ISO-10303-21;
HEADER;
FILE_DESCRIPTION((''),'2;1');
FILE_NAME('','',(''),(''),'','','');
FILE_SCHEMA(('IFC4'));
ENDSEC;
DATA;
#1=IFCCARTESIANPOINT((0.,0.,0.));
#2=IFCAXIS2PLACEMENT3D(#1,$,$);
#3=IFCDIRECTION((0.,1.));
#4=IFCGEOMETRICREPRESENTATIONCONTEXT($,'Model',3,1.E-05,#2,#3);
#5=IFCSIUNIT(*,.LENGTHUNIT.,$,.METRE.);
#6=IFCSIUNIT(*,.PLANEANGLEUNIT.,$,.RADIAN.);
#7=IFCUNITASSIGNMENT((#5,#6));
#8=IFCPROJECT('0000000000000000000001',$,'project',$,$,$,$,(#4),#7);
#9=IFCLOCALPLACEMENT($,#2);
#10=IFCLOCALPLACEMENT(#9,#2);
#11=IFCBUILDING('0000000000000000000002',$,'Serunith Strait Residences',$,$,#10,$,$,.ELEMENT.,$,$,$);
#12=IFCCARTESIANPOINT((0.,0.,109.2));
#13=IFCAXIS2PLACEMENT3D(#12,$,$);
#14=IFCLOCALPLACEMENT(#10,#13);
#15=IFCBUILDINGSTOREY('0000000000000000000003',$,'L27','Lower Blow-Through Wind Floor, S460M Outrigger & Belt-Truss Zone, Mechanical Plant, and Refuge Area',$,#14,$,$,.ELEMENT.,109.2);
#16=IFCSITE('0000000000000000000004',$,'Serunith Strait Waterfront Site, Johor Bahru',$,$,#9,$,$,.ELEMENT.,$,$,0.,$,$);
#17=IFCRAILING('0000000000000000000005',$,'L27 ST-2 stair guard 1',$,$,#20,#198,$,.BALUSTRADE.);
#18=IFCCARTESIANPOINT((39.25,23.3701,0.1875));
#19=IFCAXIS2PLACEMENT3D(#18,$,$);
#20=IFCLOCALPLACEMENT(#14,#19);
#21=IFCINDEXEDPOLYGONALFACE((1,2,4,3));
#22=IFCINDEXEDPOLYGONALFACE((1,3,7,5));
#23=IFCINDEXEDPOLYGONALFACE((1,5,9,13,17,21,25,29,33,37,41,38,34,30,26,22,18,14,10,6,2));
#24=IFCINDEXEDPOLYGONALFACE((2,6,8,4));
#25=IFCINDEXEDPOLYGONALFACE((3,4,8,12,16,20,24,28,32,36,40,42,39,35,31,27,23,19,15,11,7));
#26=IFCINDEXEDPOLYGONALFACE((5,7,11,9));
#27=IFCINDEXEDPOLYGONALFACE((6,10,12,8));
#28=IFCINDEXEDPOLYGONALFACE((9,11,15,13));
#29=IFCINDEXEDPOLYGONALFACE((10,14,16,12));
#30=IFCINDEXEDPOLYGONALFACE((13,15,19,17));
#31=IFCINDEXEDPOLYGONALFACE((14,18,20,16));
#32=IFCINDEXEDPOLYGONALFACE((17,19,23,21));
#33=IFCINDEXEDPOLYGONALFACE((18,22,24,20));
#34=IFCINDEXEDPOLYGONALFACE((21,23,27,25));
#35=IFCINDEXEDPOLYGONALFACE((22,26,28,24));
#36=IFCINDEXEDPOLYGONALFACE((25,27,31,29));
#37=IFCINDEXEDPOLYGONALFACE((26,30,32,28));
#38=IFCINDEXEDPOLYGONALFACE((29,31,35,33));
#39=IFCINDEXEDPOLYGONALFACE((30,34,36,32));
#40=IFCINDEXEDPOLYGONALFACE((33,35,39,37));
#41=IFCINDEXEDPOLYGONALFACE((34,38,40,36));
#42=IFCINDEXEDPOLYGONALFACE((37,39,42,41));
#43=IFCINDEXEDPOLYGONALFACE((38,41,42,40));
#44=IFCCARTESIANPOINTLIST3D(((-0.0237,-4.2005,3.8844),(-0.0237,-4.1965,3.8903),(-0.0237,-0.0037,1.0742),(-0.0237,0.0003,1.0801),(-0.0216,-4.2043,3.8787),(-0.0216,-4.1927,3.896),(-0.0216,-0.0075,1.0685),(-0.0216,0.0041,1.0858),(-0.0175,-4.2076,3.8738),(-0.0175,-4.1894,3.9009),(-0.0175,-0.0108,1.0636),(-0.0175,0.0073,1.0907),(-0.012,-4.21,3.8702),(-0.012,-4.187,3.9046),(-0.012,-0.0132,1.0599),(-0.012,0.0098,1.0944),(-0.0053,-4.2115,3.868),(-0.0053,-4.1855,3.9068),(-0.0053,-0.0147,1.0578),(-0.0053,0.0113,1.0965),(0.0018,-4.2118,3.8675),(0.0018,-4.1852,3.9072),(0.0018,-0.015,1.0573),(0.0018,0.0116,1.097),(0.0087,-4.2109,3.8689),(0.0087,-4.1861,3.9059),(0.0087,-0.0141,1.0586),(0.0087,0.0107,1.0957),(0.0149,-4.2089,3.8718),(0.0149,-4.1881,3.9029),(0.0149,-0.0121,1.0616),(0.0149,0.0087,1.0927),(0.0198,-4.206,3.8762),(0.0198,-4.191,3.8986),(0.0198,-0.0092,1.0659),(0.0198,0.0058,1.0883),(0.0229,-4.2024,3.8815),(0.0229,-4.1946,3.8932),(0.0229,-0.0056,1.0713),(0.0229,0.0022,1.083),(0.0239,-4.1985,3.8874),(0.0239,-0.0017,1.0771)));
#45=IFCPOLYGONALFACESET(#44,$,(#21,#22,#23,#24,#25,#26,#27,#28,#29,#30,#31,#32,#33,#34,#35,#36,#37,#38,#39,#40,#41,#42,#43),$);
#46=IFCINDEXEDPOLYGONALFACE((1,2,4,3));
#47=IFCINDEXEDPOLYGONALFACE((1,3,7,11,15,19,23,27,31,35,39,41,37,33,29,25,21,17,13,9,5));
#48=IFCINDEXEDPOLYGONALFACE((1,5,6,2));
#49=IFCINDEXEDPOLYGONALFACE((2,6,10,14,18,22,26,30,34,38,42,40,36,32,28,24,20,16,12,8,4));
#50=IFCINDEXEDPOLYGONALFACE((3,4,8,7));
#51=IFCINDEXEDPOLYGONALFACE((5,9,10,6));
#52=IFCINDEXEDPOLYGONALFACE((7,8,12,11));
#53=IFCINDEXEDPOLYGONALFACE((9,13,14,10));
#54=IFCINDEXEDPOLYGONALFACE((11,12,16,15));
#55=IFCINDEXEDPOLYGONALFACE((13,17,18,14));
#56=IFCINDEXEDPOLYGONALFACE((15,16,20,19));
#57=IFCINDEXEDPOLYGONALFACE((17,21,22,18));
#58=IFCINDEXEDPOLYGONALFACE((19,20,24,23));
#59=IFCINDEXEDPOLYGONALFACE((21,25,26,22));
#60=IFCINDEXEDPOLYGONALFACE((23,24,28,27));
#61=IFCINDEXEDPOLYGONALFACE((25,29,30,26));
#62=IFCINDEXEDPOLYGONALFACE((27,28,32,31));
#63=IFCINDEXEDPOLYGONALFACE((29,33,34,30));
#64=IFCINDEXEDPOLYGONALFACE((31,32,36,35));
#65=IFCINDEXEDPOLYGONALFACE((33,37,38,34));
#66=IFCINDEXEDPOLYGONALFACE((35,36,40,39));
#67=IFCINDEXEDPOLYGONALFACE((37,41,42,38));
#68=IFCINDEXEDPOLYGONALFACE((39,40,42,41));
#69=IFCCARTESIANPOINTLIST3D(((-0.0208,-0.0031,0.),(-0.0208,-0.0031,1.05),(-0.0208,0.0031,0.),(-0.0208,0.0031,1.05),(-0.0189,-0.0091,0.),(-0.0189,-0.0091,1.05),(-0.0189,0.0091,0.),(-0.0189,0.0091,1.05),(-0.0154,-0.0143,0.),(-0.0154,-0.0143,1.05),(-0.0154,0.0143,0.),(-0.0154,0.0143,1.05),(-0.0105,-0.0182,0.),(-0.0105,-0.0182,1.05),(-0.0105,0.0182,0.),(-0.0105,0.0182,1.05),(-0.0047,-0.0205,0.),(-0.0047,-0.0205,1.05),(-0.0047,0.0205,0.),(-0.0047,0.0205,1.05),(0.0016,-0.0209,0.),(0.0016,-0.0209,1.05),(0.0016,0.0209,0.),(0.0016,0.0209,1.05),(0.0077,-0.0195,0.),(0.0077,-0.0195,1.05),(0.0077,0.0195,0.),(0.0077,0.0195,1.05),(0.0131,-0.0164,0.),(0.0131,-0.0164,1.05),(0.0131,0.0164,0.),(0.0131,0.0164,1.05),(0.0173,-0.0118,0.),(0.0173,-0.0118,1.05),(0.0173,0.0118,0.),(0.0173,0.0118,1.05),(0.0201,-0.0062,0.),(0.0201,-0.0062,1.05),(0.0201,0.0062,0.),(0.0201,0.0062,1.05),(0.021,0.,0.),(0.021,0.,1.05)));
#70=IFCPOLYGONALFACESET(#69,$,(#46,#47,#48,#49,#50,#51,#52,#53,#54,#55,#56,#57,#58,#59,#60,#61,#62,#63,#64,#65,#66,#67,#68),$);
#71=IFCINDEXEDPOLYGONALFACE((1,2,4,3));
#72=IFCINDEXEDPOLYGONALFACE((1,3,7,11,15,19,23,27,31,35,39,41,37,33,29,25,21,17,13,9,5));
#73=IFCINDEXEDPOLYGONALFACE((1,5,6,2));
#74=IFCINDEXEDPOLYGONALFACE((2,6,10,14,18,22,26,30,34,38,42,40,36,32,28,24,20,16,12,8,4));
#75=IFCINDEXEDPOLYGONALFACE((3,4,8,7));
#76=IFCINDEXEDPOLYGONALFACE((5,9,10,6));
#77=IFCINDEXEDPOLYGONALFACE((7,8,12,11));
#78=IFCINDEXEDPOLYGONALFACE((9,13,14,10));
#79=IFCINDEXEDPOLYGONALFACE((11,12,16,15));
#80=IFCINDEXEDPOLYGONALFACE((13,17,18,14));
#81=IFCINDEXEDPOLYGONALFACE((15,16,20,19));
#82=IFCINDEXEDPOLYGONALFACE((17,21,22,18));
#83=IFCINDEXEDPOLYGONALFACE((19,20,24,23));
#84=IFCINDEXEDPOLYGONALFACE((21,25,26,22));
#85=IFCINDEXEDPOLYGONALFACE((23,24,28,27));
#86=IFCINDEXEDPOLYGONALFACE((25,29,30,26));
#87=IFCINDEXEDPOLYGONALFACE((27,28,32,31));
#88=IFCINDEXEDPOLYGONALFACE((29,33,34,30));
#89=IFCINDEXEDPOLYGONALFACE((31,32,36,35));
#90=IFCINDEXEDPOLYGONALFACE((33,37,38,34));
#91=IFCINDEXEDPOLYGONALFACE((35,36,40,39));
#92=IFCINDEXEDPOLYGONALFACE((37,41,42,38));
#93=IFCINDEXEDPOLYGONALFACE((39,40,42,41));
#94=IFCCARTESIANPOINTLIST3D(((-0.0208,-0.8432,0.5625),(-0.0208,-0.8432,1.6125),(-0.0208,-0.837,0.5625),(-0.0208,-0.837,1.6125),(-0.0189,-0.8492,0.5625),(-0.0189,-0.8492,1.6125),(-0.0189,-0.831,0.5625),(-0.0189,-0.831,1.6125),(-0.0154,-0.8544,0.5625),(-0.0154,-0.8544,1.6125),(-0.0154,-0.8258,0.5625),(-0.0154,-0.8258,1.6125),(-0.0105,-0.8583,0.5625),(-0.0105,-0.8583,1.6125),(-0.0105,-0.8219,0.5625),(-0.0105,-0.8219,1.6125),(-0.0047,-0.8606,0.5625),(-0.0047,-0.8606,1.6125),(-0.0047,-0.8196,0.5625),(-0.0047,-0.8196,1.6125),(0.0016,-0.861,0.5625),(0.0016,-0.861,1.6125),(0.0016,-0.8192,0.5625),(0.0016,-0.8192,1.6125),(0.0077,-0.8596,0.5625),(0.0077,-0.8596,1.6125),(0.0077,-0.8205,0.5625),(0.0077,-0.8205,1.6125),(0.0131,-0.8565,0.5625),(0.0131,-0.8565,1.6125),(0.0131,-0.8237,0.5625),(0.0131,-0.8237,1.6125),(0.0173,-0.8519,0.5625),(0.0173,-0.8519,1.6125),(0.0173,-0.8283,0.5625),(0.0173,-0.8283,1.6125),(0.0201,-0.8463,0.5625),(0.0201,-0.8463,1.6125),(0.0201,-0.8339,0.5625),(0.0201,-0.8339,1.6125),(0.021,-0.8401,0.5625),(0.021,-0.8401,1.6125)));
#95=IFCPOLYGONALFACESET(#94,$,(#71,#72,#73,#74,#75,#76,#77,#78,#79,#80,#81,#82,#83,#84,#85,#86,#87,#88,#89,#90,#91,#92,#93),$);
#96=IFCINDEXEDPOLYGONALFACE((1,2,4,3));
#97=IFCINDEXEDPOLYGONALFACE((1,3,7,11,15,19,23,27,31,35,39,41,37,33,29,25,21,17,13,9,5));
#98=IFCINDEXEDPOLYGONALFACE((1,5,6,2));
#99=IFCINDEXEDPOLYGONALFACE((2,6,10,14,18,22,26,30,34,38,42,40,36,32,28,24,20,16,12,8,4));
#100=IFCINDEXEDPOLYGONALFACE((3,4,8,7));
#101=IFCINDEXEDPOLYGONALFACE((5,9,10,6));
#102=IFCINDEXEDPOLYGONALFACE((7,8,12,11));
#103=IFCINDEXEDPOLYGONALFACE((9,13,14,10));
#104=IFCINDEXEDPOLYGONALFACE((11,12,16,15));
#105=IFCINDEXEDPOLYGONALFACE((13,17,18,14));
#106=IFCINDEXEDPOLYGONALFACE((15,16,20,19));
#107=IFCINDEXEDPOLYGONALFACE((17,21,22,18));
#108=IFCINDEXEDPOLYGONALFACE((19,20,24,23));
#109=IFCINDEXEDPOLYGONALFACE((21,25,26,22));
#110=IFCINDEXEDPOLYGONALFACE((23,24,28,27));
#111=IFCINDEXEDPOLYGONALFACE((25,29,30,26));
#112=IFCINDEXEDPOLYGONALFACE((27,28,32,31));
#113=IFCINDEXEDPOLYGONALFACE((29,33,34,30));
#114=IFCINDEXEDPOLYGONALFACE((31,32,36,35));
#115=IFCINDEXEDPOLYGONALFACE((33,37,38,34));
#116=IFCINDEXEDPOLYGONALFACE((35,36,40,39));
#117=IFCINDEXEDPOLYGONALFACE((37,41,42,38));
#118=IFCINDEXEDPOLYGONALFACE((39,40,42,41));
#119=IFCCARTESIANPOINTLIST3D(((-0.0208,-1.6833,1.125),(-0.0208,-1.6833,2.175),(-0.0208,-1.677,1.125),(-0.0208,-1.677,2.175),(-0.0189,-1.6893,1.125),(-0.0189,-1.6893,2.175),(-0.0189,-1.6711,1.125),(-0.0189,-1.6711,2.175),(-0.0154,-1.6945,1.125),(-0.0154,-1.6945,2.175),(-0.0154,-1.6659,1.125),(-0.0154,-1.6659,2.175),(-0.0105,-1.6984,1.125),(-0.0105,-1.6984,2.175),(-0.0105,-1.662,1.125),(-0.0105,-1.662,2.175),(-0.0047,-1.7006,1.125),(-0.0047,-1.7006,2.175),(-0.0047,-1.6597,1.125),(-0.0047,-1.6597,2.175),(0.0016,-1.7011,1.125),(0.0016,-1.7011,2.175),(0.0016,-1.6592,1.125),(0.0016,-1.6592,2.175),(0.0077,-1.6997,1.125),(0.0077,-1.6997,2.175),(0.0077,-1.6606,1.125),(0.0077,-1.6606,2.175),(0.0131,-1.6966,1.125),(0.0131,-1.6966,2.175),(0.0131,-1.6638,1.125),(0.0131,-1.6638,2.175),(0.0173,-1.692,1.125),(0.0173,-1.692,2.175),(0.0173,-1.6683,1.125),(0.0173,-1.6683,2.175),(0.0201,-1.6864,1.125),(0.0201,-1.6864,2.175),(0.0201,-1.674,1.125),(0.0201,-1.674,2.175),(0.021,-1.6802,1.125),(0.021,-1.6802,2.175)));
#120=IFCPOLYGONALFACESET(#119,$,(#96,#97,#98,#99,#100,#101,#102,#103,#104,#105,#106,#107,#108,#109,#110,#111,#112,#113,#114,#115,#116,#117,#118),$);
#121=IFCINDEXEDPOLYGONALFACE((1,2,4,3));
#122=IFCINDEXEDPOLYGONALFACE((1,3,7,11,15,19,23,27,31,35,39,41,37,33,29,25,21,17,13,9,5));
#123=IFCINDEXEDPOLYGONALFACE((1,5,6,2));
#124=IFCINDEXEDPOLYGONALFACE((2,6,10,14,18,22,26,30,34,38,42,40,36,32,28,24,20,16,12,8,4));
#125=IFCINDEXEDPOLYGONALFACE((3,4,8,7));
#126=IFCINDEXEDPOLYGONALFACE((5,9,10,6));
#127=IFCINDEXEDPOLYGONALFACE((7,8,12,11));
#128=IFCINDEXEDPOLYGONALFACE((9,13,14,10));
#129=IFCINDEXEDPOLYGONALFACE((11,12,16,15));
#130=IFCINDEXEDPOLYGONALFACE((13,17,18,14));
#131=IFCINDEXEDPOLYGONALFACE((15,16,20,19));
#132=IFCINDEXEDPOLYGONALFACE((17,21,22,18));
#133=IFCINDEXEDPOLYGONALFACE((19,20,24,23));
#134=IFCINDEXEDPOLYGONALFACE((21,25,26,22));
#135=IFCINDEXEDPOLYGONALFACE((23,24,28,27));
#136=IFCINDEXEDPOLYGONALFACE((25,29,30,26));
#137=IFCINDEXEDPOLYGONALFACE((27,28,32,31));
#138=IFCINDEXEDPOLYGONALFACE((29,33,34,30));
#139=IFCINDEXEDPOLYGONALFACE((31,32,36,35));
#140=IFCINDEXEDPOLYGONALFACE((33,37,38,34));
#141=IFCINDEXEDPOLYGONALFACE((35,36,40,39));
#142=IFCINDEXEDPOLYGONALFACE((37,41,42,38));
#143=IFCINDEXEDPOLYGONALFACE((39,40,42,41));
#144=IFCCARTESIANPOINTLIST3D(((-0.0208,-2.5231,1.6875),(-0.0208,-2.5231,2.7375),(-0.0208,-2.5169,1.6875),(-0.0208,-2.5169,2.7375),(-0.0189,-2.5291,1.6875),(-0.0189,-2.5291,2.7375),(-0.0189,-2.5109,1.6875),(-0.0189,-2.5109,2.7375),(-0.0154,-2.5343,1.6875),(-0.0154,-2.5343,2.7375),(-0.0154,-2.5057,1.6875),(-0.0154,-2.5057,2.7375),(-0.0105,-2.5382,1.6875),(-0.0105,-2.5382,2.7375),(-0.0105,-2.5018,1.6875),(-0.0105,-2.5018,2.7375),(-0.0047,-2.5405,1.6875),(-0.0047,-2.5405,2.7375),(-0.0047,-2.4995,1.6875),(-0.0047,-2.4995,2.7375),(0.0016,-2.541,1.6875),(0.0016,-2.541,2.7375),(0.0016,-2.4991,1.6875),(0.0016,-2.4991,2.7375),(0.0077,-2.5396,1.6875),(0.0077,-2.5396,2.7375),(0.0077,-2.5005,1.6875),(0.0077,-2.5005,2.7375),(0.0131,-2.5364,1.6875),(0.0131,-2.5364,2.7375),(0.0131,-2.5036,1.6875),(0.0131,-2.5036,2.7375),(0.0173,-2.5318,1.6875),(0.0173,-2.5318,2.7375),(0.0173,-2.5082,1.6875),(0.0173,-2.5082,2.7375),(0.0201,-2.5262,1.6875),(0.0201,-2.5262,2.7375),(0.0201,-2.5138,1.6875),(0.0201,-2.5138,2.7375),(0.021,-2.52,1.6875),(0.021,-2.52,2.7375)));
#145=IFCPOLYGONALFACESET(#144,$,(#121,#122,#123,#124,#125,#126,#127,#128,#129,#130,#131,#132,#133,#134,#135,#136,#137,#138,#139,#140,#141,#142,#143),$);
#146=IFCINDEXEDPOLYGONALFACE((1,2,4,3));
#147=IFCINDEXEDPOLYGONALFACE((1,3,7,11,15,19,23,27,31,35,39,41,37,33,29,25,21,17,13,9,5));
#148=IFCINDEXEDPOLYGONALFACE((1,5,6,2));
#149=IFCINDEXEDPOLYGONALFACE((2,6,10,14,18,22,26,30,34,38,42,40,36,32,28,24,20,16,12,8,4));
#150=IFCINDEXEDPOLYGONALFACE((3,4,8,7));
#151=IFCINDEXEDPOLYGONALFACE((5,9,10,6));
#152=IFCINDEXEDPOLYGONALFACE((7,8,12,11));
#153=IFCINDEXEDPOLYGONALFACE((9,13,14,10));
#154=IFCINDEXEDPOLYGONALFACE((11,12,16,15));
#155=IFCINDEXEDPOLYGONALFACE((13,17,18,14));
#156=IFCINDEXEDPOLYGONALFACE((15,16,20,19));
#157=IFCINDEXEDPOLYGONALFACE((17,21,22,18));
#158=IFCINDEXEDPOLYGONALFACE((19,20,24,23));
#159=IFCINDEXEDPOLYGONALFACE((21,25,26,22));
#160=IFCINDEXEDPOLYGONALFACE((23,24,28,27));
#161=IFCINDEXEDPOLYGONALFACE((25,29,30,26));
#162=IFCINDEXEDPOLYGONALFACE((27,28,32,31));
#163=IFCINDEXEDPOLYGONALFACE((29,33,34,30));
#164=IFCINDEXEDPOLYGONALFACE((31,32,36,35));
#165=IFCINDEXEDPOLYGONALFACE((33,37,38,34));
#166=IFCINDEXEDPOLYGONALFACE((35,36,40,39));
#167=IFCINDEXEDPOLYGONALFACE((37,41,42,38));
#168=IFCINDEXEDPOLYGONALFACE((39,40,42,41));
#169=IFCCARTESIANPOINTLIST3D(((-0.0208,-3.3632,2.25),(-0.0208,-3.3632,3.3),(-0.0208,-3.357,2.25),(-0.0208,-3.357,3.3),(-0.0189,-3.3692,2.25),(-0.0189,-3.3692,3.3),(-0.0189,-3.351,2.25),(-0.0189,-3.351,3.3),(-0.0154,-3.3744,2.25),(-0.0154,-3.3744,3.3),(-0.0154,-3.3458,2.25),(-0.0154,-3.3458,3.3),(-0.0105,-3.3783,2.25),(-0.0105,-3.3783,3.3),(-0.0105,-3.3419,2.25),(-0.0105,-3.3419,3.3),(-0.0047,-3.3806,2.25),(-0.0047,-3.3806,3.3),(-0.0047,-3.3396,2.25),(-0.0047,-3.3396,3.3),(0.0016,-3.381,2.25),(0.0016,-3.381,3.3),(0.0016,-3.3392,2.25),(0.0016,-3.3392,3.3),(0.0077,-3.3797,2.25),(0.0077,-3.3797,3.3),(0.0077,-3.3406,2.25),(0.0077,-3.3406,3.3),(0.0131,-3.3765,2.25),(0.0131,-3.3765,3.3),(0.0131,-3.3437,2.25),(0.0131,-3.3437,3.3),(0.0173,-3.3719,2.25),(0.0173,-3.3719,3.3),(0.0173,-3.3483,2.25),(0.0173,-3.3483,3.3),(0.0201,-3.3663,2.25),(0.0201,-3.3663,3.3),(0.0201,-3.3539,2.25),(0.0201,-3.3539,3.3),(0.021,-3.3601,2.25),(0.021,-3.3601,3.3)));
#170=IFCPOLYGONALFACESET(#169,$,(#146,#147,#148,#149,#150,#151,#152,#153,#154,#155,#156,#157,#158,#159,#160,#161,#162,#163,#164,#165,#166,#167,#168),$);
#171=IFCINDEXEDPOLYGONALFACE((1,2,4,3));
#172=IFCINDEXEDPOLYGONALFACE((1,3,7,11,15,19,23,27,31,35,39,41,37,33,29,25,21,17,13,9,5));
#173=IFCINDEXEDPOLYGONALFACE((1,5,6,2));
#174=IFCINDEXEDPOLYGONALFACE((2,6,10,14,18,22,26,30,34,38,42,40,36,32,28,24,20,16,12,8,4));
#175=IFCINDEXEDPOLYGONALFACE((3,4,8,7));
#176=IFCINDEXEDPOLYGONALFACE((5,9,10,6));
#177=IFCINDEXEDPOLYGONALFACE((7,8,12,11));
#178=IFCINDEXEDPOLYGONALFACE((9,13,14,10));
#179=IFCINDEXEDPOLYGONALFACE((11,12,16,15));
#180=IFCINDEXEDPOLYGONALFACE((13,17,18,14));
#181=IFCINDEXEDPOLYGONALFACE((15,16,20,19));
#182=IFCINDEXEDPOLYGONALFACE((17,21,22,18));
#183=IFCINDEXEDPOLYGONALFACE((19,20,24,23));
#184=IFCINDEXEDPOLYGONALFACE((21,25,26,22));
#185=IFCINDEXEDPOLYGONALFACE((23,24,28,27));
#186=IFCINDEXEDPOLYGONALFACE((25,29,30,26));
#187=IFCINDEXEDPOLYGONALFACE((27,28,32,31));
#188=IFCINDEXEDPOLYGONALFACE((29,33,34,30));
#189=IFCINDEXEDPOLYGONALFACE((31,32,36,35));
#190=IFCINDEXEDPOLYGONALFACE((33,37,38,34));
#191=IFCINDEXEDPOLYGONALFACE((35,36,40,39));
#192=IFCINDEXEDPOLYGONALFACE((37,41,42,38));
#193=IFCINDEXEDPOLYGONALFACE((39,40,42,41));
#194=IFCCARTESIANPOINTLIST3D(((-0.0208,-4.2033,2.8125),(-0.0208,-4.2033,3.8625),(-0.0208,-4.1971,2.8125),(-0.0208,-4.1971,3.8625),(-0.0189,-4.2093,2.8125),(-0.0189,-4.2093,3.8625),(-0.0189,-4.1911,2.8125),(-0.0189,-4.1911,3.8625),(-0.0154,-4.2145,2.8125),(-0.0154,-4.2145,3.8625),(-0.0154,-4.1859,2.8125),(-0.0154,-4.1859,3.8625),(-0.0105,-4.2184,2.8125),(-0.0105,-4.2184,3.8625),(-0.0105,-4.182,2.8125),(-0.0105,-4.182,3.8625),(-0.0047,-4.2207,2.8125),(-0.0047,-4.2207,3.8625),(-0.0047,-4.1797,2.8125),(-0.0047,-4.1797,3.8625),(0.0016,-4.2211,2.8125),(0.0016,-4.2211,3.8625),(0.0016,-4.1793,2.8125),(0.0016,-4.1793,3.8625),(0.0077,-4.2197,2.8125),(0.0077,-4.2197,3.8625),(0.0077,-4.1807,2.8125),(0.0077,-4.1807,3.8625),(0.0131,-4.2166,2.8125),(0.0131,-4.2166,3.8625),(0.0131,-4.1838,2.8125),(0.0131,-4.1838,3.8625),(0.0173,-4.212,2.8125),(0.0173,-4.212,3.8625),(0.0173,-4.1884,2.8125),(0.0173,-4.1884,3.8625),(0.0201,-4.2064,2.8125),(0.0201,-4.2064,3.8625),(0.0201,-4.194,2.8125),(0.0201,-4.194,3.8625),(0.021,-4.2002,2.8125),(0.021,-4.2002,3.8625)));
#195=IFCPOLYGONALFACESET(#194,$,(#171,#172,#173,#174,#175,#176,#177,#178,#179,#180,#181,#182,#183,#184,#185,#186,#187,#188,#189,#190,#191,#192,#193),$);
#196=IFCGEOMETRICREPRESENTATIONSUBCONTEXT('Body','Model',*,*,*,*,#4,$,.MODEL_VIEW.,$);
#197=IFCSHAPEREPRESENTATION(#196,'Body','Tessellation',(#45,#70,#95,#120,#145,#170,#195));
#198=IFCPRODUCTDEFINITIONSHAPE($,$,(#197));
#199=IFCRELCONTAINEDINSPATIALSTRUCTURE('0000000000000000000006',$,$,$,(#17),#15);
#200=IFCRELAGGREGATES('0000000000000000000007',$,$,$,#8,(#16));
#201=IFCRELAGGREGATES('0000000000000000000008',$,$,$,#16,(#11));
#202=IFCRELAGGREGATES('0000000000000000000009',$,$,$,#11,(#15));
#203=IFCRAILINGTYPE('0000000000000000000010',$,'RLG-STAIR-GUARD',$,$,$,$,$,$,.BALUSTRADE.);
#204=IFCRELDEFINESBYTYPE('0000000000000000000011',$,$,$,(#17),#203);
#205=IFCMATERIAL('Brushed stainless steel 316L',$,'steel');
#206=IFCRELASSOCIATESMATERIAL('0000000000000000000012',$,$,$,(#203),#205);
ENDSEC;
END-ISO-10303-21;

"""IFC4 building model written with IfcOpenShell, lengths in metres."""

from ifc_helpers import new_model, si_unit, direction, frame, origin, origin_2d, place, context, subcontext, project, spatial, circle, extrude, material, type_object, element, save


model = new_model("IFC4")

# Units and contexts
model_context = context("Model", 3, precision=1e-05, world=origin(), true_north=direction((0.0, 1.0)))
body_context = subcontext(model_context, "Body", "Model", "MODEL_VIEW")
ifc_project = project(units=[si_unit("LENGTHUNIT", "METRE"), si_unit("PLANEANGLEUNIT", "RADIAN")], contexts=[model_context])

# Site, building, storey
site_placement = place(None, origin())
site = spatial("IfcSite", under=ifc_project, at=site_placement, Name="Serunith Strait Waterfront Site, Johor Bahru", CompositionType="ELEMENT", RefElevation=0.0)
building_placement = place(site_placement, origin())
building = spatial("IfcBuilding", under=site, at=building_placement, Name="Serunith Strait Residences", CompositionType="ELEMENT")
storey_placement = place(building_placement, frame((0.0, 0.0, 109.2)))
storey = spatial("IfcBuildingStorey", under=building, at=storey_placement, Name="L27", Description="Lower Blow-Through Wind Floor, S460M Outrigger & Belt-Truss Zone, Mechanical Plant, and Refuge Area", CompositionType="ELEMENT", Elevation=109.2)

# Railing
ifc_material_1 = material(Name="Brushed stainless steel 316L", Category="steel")
railing_type_1 = type_object("IfcRailingType", Name="RLG-STAIR-GUARD", PredefinedType="BALUSTRADE", material=ifc_material_1)
railing_1_placement = place(storey_placement, frame((39.25, 23.3701, 0.1875)))
element("IfcRailing", 1, at=railing_1_placement, inside=storey, type_object=railing_type_1, Name="L27 ST-2 stair guard 1", PredefinedType="BALUSTRADE", context=body_context, shape_type="SweptSolid", body=[
    extrude(circle(Radius=0.0239, at=origin_2d()), frame((0.0, -0.0017, 1.0771), z_axis=(0.0, -0.830919, 0.556393), x_axis=(1.0, 0.0, 0.0)), (0.0, 0.0, 1.0), 5.0508),
    extrude(circle(Radius=0.021, at=origin_2d()), origin(), (0.0, 0.0, 1.0), 1.05),
    extrude(circle(Radius=0.021, at=origin_2d()), frame((0.0, -0.8401, 0.5625)), (0.0, 0.0, 1.0), 1.05),
    extrude(circle(Radius=0.021, at=origin_2d()), frame((0.0, -1.6802, 1.125)), (0.0, 0.0, 1.0), 1.05),
    extrude(circle(Radius=0.021, at=origin_2d()), frame((0.0, -2.52, 1.6875)), (0.0, 0.0, 1.0), 1.05),
    extrude(circle(Radius=0.021, at=origin_2d()), frame((0.0, -3.3601, 2.25)), (0.0, 0.0, 1.0), 1.05),
    extrude(circle(Radius=0.021, at=origin_2d()), frame((0.0, -4.2002, 2.8125)), (0.0, 0.0, 1.0), 1.05),
])

save(model, "model.ifc")
